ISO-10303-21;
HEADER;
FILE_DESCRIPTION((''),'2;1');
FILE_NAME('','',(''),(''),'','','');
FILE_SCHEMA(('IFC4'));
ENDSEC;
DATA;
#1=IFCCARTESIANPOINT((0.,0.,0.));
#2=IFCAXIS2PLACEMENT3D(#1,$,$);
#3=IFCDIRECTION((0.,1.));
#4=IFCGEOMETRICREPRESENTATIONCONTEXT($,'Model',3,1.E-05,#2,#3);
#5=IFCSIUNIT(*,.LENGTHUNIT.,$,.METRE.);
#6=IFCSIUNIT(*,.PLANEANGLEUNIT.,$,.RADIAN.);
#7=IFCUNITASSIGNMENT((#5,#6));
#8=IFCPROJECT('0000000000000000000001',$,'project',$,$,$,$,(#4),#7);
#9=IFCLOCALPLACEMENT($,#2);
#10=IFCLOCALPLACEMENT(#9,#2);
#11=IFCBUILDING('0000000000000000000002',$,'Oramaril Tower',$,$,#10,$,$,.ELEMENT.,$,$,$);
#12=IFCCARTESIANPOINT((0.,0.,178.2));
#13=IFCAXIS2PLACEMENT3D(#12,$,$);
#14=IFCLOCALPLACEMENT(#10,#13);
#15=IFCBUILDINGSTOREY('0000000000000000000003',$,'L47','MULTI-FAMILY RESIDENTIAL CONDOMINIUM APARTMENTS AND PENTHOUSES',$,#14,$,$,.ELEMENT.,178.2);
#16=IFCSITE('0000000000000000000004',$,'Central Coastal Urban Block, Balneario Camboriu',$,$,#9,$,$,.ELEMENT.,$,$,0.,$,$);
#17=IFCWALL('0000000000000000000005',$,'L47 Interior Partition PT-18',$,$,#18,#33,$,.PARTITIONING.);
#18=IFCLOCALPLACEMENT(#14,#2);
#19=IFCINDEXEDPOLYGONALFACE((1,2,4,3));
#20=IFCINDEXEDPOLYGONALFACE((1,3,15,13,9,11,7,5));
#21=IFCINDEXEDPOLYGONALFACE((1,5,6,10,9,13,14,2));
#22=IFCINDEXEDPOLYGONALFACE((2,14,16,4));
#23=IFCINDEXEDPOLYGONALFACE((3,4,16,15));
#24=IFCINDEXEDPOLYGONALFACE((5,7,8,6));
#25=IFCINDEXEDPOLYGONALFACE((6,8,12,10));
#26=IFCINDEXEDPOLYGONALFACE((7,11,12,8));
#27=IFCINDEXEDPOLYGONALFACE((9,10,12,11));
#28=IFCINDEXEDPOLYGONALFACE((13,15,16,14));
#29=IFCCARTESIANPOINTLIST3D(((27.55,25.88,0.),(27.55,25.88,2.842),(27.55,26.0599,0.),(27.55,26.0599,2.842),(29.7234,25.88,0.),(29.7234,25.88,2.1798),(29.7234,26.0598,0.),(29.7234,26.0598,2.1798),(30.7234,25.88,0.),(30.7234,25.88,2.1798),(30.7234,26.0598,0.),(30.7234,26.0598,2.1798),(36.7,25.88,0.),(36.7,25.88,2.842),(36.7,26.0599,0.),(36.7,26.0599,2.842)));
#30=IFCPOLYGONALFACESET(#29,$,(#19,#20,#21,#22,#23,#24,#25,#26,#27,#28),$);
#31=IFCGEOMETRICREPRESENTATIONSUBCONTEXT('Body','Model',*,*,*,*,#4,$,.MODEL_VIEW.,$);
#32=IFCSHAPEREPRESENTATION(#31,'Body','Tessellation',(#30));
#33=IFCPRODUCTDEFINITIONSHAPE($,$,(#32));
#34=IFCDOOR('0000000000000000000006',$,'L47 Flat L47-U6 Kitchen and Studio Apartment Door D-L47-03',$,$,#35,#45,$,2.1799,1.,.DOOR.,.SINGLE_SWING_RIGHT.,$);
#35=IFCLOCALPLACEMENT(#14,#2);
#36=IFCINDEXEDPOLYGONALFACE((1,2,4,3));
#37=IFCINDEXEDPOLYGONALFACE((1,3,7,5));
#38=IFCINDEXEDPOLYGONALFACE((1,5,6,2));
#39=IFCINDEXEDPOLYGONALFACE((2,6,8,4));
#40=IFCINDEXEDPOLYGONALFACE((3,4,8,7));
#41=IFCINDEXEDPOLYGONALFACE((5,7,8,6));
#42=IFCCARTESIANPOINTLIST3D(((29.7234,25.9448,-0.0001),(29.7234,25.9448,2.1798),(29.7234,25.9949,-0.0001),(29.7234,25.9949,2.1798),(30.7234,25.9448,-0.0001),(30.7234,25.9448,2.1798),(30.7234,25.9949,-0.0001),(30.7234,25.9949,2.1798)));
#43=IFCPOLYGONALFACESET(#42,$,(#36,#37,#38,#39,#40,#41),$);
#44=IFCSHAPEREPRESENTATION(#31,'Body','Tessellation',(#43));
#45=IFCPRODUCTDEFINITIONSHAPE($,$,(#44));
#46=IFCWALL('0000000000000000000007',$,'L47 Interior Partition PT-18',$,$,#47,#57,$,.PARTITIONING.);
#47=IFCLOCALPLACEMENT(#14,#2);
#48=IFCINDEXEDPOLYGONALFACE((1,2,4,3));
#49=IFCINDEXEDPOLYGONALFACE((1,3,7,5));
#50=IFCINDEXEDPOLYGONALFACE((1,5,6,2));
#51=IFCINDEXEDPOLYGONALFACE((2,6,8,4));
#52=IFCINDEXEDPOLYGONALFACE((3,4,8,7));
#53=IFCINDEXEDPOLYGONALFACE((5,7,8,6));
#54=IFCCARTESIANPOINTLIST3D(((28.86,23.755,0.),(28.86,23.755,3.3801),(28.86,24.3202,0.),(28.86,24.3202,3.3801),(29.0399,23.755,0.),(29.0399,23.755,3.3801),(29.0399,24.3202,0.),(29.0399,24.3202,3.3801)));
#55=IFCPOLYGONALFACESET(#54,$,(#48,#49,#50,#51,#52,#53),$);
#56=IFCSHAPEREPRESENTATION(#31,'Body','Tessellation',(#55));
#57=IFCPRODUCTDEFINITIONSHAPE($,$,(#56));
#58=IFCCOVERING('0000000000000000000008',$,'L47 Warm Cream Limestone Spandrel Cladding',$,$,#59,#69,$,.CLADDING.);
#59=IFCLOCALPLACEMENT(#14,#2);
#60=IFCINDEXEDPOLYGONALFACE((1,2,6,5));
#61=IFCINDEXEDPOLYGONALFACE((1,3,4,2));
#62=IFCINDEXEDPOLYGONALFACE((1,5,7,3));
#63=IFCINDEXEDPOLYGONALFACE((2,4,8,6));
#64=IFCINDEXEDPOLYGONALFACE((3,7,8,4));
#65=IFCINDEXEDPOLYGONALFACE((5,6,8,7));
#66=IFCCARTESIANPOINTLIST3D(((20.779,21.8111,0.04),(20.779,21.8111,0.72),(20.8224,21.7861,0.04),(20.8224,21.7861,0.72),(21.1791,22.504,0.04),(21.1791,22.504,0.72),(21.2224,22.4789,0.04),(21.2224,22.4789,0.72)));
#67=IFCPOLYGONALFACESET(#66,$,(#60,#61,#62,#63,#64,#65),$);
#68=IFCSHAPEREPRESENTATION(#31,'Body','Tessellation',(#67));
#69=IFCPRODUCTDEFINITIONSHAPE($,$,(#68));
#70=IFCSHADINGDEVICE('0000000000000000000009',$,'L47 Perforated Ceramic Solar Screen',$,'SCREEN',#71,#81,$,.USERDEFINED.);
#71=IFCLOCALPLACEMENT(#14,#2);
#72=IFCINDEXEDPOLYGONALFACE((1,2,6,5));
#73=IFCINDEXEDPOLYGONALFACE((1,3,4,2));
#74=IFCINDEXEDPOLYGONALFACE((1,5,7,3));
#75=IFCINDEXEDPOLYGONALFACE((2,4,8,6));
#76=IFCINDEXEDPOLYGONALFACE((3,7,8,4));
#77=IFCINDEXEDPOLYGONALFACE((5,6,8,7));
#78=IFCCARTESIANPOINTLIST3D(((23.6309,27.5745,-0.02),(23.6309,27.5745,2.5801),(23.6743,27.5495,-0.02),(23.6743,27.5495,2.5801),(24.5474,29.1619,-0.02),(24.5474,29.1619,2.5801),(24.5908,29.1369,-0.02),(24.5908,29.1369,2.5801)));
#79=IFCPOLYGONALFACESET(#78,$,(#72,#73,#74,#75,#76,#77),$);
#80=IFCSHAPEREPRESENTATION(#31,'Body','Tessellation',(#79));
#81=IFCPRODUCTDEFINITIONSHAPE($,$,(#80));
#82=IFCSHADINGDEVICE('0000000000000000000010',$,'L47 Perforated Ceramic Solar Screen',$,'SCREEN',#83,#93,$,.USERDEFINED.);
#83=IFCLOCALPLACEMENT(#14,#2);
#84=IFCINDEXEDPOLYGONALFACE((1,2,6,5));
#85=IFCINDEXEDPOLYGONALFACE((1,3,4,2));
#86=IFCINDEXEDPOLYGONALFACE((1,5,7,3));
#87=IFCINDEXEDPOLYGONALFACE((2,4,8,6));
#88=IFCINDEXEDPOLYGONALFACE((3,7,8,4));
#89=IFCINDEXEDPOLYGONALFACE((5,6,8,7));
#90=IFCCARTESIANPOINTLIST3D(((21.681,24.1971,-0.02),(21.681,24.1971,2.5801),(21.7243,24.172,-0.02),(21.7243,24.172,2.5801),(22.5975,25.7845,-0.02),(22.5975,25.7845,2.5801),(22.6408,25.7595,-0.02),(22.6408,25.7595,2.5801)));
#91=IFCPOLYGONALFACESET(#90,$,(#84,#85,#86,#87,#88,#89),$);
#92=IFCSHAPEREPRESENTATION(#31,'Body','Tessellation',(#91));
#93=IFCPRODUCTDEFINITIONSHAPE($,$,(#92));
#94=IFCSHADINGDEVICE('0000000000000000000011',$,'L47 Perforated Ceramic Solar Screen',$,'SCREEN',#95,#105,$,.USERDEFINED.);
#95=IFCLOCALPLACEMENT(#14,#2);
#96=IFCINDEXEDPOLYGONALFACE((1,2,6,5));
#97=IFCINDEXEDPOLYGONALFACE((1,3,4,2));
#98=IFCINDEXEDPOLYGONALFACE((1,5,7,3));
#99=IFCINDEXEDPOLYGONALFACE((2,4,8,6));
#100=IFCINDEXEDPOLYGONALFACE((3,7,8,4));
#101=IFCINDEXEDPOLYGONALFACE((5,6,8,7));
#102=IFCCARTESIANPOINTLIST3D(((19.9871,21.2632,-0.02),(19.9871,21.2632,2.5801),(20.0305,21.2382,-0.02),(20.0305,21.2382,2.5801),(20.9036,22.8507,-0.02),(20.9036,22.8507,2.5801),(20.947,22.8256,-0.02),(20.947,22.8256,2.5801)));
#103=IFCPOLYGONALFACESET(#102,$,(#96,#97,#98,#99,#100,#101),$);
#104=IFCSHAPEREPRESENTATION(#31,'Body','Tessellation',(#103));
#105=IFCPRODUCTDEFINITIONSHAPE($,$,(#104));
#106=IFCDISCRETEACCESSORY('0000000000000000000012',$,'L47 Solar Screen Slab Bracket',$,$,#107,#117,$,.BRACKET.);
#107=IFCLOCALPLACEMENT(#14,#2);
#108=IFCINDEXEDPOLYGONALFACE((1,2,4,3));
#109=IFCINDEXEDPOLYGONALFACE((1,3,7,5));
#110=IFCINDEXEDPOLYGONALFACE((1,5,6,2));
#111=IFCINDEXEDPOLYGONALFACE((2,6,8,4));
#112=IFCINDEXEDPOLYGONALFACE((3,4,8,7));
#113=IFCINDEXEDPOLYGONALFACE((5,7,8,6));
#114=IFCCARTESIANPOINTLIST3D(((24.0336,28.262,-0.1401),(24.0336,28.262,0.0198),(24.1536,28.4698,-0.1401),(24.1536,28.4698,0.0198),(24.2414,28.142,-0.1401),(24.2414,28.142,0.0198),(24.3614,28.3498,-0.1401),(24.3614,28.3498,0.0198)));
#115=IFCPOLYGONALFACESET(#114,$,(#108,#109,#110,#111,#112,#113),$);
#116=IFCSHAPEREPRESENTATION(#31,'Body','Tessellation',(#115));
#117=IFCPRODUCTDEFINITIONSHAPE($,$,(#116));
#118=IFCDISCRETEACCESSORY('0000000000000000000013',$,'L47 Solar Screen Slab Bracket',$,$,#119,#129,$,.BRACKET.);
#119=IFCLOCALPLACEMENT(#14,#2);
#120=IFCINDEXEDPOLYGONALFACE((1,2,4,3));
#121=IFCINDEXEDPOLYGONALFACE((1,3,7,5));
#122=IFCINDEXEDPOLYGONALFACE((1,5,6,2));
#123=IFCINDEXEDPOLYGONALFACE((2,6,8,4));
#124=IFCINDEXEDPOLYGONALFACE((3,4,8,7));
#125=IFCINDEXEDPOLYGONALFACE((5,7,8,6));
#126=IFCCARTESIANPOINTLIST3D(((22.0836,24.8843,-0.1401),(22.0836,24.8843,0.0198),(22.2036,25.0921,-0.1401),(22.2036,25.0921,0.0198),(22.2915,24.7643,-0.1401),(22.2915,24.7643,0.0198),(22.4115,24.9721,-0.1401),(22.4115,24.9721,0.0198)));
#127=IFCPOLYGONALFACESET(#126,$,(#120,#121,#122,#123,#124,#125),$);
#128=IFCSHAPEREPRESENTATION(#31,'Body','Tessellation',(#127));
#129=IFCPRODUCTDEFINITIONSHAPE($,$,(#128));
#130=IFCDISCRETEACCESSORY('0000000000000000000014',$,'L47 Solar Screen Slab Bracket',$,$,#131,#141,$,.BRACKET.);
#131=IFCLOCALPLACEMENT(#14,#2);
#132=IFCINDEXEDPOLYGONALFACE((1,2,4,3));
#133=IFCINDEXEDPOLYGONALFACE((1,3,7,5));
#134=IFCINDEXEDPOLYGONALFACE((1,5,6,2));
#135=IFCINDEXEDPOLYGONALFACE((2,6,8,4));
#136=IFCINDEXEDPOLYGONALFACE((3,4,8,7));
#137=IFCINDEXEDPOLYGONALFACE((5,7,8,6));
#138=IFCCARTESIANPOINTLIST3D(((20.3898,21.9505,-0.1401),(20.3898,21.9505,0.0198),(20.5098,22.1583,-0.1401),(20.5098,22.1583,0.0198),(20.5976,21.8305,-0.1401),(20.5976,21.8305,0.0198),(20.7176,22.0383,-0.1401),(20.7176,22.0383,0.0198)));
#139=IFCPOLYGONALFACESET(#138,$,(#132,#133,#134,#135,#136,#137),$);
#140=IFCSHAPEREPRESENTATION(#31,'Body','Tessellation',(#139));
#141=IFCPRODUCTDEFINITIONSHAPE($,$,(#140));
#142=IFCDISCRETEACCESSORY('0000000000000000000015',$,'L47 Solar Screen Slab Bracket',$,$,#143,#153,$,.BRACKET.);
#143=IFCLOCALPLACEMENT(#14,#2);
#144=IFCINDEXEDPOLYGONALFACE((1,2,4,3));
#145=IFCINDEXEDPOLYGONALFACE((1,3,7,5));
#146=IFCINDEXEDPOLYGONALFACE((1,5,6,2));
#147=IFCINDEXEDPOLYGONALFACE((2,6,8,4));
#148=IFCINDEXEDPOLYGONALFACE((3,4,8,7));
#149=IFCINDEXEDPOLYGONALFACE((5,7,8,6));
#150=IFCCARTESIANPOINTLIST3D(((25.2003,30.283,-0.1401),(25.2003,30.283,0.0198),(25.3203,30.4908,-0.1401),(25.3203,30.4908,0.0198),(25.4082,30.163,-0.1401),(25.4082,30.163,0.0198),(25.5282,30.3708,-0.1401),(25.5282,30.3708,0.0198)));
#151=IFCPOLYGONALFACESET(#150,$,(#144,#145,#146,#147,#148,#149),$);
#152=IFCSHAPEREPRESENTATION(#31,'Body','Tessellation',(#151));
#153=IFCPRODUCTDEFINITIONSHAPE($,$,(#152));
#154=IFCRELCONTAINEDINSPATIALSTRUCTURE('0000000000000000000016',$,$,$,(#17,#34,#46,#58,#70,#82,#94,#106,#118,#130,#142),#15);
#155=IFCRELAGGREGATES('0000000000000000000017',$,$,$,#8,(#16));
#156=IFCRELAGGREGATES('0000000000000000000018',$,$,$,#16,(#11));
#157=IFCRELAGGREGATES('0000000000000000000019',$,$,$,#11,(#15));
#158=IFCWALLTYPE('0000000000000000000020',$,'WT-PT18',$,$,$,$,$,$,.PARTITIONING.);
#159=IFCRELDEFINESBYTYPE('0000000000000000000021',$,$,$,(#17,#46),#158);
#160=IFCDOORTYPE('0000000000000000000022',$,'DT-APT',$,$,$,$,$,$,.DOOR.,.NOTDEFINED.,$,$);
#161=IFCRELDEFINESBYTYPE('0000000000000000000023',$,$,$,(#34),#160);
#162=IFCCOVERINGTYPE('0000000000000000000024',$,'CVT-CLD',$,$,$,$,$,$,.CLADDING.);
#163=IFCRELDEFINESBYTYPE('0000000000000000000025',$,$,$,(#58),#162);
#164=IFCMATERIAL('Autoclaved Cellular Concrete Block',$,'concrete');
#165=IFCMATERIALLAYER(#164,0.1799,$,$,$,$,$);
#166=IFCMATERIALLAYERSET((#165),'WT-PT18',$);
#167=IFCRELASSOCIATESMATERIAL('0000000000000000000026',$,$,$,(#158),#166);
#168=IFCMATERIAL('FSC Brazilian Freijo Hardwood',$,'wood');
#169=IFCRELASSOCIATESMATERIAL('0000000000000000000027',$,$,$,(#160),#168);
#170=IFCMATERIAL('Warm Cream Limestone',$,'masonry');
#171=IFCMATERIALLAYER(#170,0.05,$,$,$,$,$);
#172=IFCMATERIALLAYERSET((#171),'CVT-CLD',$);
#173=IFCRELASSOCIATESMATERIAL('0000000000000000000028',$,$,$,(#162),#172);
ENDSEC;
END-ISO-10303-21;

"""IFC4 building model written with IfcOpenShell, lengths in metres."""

from ifc_helpers import new_model, si_unit, direction, frame, frame_2d, origin, origin_2d, place, context, subcontext, project, spatial, rectangle, extrude, material, layer, layer_set, type_object, element, fill, save


model = new_model("IFC4")

# Units and contexts
model_context = context("Model", 3, precision=1e-05, world=origin(), true_north=direction((0.0, 1.0)))
body_context = subcontext(model_context, "Body", "Model", "MODEL_VIEW")
ifc_project = project(units=[si_unit("LENGTHUNIT", "METRE"), si_unit("PLANEANGLEUNIT", "RADIAN")], contexts=[model_context])

# Site, building, storey
site_placement = place(None, origin())
site = spatial("IfcSite", under=ifc_project, at=site_placement, Name="Central Coastal Urban Block, Balneario Camboriu", CompositionType="ELEMENT", RefElevation=0.0)
building_placement = place(site_placement, origin())
building = spatial("IfcBuilding", under=site, at=building_placement, Name="Oramaril Tower", CompositionType="ELEMENT")
storey_placement = place(building_placement, frame((0.0, 0.0, 178.2)))
storey = spatial("IfcBuildingStorey", under=building, at=storey_placement, Name="L47", Description="MULTI-FAMILY RESIDENTIAL CONDOMINIUM APARTMENTS AND PENTHOUSES", CompositionType="ELEMENT", Elevation=178.2)

# Shared definitions
ifc_material_1 = material(Name="Autoclaved Cellular Concrete Block", Category="concrete")
ifc_layer_1 = layer(ifc_material_1, 0.1799)
ifc_layer_set_1 = layer_set([ifc_layer_1], Name="WT-PT18")
wall_type_1 = type_object("IfcWallType", Name="WT-PT18", PredefinedType="PARTITIONING", material=ifc_layer_set_1)

# Wall, opening, door
wall_1_placement = place(storey_placement, frame((27.55, 25.97, 0.0), z_axis=(0.0, 0.0, 1.0), x_axis=(1.0, 0.0, 0.0)))
wall_1 = element("IfcWall", 1, at=wall_1_placement, inside=storey, type_object=wall_type_1, Name="L47 Interior Partition PT-18", PredefinedType="PARTITIONING", context=body_context, shape_type="SweptSolid", body=[
    extrude(rectangle(XDim=9.1499, YDim=0.1799, at=frame_2d((4.575, 0.0))), origin(), (0.0, 0.0, 1.0), 2.842),
])
opening_1_placement = place(wall_1_placement, frame((2.1733, 0.0, 0.0)))
opening_1 = element("IfcOpeningElement", 2, at=opening_1_placement, cuts=wall_1, PredefinedType="OPENING", context=body_context, shape_type="SweptSolid", body=[
    extrude(rectangle(XDim=1.0, YDim=2.1799, at=frame_2d((0.5, 1.0898))), frame((0.0, 0.0898, 0.0), z_axis=(0.0, -1.0, 0.0), x_axis=(1.0, 0.0, 0.0)), (0.0, 0.0, 1.0), 0.1799),
])
ifc_material_2 = material(Name="FSC Brazilian Freijo Hardwood", Category="wood")
door_type_1 = type_object("IfcDoorType", Name="DT-APT", OperationType="NOTDEFINED", PredefinedType="DOOR", material=ifc_material_2)
door_1_placement = place(opening_1_placement, origin())
door_1 = element("IfcDoor", 3, at=door_1_placement, inside=storey, type_object=door_type_1, Name="L47 Flat L47-U6 Kitchen and Studio Apartment Door D-L47-03", OperationType="SINGLE_SWING_RIGHT", OverallHeight=2.1799, OverallWidth=1.0, PredefinedType="DOOR", context=body_context, shape_type="SweptSolid", body=[
    extrude(rectangle(XDim=1.0, YDim=2.1799, at=frame_2d((0.5, 1.0898))), frame((0.0, 0.0249, 0.0), z_axis=(0.0, -1.0, 0.0), x_axis=(1.0, 0.0, 0.0)), (0.0, 0.0, 1.0), 0.05),
])
fill(opening_1, door_1)

# Wall
wall_2_placement = place(storey_placement, frame((28.95, 23.7549, 0.0), z_axis=(0.0, 0.0, 1.0), x_axis=(0.0, 1.0, 0.0)))
element("IfcWall", 4, at=wall_2_placement, inside=storey, type_object=wall_type_1, Name="L47 Interior Partition PT-18", PredefinedType="PARTITIONING", context=body_context, shape_type="SweptSolid", body=[
    extrude(rectangle(XDim=0.5652, YDim=0.1799, at=frame_2d((0.2827, 0.0))), origin(), (0.0, 0.0, 1.0), 3.3801),
])

# Covering
ifc_material_3 = material(Name="Warm Cream Limestone", Category="masonry")
ifc_layer_2 = layer(ifc_material_3, 0.05)
ifc_layer_set_2 = layer_set([ifc_layer_2], Name="CVT-CLD")
covering_type = type_object("IfcCoveringType", Name="CVT-CLD", PredefinedType="CLADDING", material=ifc_layer_set_2)
covering_placement = place(storey_placement, frame((21.0007, 22.145, 0.04), z_axis=(0.0, 0.0, 1.0), x_axis=(-0.5, -0.866025, 0.0)))
element("IfcCovering", 5, at=covering_placement, inside=storey, type_object=covering_type, Name="L47 Warm Cream Limestone Spandrel Cladding", PredefinedType="CLADDING", context=body_context, shape_type="SweptSolid", body=[
    extrude(rectangle(XDim=0.8, YDim=0.05, at=origin_2d()), origin(), (0.0, 0.0, 1.0), 0.6799),
])

# Shading devices
for number, where, z_axis, x_axis, name in (
    (6, (24.1108, 28.3557, -0.02), (0.0, 0.0, 1.0), (-0.5, -0.866025, 0.0), "L47 Perforated Ceramic Solar Screen"),
    (7, (22.1609, 24.9783, -0.02), (0.0, 0.0, 1.0), (-0.5, -0.866025, 0.0), "L47 Perforated Ceramic Solar Screen"),
    (8, (20.467, 22.0444, -0.02), (0.0, 0.0, 1.0), (-0.5, -0.866025, 0.0), "L47 Perforated Ceramic Solar Screen"),
):
    element("IfcShadingDevice", number, at=place(storey_placement, frame(where, z_axis=z_axis, x_axis=x_axis)), inside=storey, Name=name, ObjectType="SCREEN", PredefinedType="USERDEFINED", context=body_context, shape_type="SweptSolid", body=[
        extrude(rectangle(XDim=1.833, YDim=0.05, at=origin_2d()), origin(), (0.0, 0.0, 1.0), 2.6001),
    ])

# Discrete accessories
for number, where, z_axis, x_axis, name in (
    (9, (24.1975, 28.3059, -0.1401), (0.0, 0.0, 1.0), (-0.5, -0.866025, 0.0), "L47 Solar Screen Slab Bracket"),
    (10, (22.2476, 24.9282, -0.1401), (0.0, 0.0, 1.0), (-0.5, -0.866025, 0.0), "L47 Solar Screen Slab Bracket"),
    (11, (20.5537, 21.9944, -0.1401), (0.0, 0.0, 1.0), (-0.5, -0.866025, 0.0), "L47 Solar Screen Slab Bracket"),
    (12, (25.3643, 30.3269, -0.1401), (0.0, 0.0, 1.0), (-0.5, -0.866025, 0.0), "L47 Solar Screen Slab Bracket"),
):
    element("IfcDiscreteAccessory", number, at=place(storey_placement, frame(where, z_axis=z_axis, x_axis=x_axis)), inside=storey, Name=name, PredefinedType="BRACKET", context=body_context, shape_type="SweptSolid", body=[
        extrude(rectangle(XDim=0.24, YDim=0.24, at=origin_2d()), origin(), (0.0, 0.0, 1.0), 0.1599),
    ])

save(model, "model.ifc")
